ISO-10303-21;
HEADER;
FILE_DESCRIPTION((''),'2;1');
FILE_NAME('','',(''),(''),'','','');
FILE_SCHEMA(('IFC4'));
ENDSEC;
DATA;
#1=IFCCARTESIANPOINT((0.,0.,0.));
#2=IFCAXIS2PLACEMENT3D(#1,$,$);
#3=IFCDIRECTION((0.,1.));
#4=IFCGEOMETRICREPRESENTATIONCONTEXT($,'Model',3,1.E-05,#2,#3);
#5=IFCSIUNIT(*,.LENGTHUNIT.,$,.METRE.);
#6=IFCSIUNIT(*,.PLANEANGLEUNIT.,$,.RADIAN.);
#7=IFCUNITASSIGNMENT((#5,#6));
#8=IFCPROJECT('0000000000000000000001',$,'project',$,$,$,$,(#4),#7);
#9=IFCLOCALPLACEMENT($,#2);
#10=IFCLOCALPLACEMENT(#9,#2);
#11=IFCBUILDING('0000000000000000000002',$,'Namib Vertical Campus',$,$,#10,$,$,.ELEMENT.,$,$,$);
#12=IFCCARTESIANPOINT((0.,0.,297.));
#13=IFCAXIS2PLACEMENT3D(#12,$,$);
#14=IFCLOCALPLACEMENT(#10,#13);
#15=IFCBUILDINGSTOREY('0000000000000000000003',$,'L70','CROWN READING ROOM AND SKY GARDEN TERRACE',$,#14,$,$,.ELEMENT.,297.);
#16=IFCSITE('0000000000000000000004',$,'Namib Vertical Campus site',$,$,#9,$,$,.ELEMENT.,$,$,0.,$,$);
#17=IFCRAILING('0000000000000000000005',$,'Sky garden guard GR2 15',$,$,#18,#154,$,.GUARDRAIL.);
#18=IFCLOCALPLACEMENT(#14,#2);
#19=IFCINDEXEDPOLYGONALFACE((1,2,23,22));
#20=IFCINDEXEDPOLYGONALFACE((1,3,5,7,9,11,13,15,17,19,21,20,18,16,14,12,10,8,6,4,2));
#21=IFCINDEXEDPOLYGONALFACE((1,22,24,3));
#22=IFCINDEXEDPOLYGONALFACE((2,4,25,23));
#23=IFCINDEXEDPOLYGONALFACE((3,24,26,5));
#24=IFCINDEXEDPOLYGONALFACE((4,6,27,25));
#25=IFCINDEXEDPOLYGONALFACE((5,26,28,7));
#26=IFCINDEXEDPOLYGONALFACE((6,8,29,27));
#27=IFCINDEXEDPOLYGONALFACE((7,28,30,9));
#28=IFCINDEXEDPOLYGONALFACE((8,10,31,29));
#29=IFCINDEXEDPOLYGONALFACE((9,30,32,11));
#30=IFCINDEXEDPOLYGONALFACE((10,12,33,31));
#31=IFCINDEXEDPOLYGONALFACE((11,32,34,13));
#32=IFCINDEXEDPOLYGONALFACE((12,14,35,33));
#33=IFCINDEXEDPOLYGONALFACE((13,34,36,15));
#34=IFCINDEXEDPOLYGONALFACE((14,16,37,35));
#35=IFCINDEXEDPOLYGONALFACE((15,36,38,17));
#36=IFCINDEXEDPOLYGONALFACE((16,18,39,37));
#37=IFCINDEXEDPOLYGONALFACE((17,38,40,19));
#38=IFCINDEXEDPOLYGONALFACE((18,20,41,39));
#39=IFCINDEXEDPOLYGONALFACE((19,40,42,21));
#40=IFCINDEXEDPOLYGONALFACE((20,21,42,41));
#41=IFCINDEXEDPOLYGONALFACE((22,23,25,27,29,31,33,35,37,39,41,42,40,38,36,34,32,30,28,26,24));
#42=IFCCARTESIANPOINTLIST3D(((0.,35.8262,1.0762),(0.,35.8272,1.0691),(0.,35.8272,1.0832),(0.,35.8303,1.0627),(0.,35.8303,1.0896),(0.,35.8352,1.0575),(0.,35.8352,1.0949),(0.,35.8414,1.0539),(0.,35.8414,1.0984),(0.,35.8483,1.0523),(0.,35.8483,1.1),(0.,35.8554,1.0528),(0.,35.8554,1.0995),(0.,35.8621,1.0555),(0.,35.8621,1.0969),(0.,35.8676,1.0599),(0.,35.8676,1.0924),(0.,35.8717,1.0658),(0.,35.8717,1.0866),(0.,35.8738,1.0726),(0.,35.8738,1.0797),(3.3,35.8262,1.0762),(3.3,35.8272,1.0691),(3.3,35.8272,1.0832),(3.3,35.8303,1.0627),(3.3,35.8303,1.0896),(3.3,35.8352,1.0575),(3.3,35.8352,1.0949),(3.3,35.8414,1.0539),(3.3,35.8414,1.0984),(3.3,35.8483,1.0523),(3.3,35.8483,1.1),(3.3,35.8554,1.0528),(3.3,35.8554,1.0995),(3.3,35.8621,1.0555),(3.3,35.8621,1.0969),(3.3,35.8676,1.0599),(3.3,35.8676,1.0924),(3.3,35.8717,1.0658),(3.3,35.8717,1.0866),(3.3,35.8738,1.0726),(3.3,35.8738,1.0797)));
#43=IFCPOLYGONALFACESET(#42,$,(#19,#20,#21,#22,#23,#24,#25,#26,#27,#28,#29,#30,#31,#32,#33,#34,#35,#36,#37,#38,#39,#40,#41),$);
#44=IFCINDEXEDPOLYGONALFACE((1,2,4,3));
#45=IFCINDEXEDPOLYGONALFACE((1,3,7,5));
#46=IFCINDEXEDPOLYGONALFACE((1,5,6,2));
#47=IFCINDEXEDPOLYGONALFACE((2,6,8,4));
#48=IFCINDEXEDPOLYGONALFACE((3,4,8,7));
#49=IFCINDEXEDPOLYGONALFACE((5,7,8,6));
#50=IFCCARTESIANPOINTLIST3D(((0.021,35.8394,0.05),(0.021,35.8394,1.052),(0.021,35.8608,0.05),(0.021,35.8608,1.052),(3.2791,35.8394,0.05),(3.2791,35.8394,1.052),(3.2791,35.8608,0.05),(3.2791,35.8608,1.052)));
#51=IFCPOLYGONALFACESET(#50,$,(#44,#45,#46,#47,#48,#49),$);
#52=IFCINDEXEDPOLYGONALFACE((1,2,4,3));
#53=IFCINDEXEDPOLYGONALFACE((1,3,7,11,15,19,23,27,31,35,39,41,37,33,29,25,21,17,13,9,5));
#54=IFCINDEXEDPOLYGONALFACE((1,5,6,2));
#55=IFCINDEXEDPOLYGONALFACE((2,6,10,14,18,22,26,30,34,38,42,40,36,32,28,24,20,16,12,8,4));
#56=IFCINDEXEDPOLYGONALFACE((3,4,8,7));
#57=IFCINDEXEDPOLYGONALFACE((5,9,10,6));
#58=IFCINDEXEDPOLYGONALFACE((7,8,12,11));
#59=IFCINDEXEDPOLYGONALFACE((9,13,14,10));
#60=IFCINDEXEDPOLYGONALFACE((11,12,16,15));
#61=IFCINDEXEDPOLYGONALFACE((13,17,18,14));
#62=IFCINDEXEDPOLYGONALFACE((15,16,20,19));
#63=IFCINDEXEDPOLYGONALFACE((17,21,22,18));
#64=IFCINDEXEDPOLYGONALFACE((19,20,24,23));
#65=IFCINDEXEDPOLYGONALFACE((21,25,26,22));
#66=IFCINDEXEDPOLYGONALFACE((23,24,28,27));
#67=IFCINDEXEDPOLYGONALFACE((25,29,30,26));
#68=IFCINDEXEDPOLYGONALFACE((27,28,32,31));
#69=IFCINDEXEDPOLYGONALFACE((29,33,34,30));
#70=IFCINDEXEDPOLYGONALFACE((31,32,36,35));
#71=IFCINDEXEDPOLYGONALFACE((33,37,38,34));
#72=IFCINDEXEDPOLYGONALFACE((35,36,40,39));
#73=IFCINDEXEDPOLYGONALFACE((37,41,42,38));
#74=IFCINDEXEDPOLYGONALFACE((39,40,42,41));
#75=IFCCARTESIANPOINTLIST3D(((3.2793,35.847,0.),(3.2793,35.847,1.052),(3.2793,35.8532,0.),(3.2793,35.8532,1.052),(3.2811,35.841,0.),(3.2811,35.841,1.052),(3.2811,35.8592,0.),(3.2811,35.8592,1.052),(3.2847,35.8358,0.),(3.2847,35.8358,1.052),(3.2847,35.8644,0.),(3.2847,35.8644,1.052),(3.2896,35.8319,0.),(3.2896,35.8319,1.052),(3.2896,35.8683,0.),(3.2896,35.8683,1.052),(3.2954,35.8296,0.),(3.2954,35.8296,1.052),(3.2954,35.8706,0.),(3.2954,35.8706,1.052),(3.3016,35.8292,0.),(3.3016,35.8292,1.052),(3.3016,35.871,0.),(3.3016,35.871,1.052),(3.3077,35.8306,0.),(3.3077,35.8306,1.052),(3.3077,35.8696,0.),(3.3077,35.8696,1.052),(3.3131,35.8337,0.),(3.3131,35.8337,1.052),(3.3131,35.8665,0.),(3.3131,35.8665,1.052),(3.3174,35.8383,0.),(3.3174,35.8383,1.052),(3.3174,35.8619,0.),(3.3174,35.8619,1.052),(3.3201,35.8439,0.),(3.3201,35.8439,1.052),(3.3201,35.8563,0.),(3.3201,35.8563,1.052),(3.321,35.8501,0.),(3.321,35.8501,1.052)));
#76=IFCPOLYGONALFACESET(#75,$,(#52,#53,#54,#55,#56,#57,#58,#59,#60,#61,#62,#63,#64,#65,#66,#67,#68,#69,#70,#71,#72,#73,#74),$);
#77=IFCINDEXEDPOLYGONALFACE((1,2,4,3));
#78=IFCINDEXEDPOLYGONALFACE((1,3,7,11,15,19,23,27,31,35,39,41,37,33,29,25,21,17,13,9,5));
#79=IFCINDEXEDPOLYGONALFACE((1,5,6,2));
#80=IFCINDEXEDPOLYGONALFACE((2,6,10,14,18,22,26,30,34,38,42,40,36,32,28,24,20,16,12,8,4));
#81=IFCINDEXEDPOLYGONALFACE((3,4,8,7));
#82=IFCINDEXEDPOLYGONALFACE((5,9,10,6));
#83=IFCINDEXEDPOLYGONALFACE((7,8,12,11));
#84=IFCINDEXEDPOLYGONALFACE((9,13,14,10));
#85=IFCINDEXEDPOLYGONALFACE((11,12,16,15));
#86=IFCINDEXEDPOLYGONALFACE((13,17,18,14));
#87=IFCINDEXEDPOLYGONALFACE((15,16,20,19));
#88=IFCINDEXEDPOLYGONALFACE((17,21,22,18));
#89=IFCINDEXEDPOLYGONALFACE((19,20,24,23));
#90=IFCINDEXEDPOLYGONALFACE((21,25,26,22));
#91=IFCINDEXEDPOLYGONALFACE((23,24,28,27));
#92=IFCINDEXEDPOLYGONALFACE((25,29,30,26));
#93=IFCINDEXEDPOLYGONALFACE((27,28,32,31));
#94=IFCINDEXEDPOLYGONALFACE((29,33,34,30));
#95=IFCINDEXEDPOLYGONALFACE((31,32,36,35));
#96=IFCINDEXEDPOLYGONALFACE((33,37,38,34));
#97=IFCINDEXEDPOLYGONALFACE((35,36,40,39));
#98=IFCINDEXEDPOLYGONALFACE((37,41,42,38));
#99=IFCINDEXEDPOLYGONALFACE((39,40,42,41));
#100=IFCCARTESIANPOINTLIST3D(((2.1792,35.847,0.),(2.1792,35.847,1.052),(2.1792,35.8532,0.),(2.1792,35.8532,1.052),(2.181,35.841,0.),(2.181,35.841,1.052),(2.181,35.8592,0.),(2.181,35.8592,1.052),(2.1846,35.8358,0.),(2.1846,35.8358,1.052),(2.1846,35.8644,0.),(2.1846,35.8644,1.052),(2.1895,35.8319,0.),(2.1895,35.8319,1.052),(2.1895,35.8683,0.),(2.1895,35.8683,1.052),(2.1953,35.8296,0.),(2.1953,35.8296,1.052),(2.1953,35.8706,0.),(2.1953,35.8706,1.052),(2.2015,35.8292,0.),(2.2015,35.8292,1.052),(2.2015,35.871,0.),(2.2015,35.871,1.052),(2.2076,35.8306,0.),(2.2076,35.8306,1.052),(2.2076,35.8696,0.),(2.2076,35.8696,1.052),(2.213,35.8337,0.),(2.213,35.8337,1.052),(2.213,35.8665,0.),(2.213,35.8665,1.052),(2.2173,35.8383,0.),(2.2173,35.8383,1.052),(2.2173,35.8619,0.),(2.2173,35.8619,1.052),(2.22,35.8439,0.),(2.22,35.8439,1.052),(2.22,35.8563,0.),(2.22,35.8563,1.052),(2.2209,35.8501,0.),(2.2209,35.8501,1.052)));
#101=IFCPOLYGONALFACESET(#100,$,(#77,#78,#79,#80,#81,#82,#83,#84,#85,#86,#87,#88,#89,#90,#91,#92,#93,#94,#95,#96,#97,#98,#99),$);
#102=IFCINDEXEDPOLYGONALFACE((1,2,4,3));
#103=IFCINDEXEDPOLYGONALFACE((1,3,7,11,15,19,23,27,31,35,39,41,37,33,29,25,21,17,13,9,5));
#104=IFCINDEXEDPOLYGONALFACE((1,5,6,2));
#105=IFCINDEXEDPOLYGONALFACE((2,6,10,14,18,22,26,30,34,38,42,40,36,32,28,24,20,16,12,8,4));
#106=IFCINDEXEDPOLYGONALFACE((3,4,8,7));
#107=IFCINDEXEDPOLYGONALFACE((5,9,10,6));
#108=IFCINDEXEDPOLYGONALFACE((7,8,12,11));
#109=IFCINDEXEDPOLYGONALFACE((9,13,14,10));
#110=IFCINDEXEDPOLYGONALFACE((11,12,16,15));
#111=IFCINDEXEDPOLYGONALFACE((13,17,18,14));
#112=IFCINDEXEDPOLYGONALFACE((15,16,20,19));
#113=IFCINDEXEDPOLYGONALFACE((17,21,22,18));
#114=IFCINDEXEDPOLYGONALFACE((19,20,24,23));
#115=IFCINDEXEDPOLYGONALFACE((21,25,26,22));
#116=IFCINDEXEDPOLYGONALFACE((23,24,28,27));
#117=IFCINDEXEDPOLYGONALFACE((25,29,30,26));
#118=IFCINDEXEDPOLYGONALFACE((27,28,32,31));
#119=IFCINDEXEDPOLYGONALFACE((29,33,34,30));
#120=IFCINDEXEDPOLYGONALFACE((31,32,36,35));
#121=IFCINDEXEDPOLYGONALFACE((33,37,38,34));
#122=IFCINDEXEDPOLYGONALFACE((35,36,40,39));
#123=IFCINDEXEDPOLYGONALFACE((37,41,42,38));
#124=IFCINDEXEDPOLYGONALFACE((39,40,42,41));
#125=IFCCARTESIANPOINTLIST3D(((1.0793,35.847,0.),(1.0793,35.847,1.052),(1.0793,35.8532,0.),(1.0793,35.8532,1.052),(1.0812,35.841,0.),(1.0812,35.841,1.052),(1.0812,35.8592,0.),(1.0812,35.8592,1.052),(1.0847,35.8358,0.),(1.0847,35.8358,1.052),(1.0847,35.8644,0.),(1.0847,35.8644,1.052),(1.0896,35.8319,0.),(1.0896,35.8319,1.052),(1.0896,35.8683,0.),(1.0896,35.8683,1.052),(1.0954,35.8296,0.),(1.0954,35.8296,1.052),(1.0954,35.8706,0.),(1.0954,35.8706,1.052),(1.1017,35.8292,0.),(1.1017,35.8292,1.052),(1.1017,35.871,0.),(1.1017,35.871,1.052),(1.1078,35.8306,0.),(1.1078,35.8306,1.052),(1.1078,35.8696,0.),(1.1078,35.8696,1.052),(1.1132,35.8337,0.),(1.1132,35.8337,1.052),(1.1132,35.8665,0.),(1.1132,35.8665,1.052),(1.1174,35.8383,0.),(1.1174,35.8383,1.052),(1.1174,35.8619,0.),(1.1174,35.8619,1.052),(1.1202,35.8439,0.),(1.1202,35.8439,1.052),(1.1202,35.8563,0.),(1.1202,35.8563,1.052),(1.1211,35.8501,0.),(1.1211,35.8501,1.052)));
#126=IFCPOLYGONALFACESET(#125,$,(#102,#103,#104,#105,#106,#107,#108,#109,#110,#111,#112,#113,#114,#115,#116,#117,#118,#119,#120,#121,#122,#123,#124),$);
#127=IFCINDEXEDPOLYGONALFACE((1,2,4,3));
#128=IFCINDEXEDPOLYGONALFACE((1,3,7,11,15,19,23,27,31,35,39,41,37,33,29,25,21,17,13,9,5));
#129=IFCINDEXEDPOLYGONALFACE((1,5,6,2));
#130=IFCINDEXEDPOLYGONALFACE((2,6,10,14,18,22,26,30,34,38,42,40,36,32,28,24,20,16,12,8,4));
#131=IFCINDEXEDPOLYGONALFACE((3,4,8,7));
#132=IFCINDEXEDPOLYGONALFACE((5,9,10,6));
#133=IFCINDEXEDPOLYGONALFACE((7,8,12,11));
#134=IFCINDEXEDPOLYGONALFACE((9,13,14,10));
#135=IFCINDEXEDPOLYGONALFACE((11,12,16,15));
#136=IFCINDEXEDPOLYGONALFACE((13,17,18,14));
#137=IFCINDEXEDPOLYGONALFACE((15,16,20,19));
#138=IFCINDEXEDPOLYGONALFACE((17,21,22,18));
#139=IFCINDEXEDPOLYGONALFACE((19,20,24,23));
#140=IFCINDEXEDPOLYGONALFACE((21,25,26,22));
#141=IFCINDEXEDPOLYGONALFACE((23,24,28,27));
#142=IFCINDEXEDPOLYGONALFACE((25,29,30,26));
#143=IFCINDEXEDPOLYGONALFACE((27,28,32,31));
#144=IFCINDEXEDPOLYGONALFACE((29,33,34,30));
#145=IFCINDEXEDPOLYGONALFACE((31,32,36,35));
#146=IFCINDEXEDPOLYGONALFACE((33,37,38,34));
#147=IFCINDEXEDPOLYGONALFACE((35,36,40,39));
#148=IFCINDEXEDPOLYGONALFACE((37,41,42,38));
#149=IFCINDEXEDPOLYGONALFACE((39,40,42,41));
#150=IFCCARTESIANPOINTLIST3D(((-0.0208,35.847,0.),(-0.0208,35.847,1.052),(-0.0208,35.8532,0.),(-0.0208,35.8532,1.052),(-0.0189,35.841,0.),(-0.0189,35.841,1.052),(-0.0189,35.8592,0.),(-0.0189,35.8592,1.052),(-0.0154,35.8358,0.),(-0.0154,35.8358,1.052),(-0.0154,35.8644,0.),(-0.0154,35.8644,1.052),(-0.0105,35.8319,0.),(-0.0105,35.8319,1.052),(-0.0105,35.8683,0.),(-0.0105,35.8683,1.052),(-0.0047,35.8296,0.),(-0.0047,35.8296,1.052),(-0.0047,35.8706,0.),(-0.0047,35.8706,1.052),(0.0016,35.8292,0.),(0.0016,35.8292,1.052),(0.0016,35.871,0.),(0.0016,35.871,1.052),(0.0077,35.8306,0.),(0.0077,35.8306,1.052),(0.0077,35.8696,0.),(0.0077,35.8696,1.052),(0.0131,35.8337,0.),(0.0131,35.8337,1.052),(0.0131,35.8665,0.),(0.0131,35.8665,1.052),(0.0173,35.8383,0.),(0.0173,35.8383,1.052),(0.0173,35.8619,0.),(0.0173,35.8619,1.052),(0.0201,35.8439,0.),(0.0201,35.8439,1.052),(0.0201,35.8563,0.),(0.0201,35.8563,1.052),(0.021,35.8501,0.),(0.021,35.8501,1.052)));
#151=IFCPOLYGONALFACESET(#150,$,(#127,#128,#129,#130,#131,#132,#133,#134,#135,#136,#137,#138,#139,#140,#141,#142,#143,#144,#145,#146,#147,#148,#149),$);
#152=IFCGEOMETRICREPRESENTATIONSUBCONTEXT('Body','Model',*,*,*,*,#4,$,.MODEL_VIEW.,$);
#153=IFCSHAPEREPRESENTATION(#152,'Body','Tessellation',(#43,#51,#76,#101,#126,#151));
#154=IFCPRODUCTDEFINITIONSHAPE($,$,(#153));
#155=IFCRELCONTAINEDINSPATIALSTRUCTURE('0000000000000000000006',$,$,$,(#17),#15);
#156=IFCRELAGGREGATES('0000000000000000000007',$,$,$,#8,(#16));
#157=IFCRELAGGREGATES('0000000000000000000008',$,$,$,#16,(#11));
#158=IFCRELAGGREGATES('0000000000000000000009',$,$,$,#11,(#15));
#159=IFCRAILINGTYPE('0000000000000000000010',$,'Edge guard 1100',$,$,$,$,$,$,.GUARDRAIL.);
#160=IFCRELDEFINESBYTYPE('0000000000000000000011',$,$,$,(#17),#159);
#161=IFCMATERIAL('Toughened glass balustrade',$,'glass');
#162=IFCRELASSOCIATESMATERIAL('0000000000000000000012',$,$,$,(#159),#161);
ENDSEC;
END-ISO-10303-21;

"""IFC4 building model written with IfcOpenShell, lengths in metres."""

from ifc_helpers import new_model, si_unit, direction, frame, origin, origin_2d, place, context, subcontext, project, spatial, polyline, circle, outline, extrude, material, type_object, element, save


model = new_model("IFC4")

# Units and contexts
model_context = context("Model", 3, precision=1e-05, world=origin(), true_north=direction((0.0, 1.0)))
body_context = subcontext(model_context, "Body", "Model", "MODEL_VIEW")
ifc_project = project(units=[si_unit("LENGTHUNIT", "METRE"), si_unit("PLANEANGLEUNIT", "RADIAN")], contexts=[model_context])

# Site, building, storey
site_placement = place(None, origin())
site = spatial("IfcSite", under=ifc_project, at=site_placement, Name="Namib Vertical Campus site", CompositionType="ELEMENT", RefElevation=0.0)
building_placement = place(site_placement, origin())
building = spatial("IfcBuilding", under=site, at=building_placement, Name="Namib Vertical Campus", CompositionType="ELEMENT")
storey_placement = place(building_placement, frame((0.0, 0.0, 297.0)))
storey = spatial("IfcBuildingStorey", under=building, at=storey_placement, Name="L70", Description="CROWN READING ROOM AND SKY GARDEN TERRACE", CompositionType="ELEMENT", Elevation=297.0)

# Railing
ifc_material_1 = material(Name="Toughened glass balustrade", Category="glass")
railing_type = type_object("IfcRailingType", Name="Edge guard 1100", PredefinedType="GUARDRAIL", material=ifc_material_1)
railing_1_placement = place(storey_placement, frame((3.3, 35.8501, 0.0)))
element("IfcRailing", 1, at=railing_1_placement, inside=storey, type_object=railing_type, Name="Sky garden guard GR2 15", PredefinedType="GUARDRAIL", context=body_context, shape_type="SweptSolid", body=[
    extrude(circle(Radius=0.0239, at=origin_2d()), frame((0.0, 0.0, 1.0762), z_axis=(-1.0, 0.0, 0.0), x_axis=(0.0, -1.0, 0.0)), (0.0, 0.0, 1.0), 3.3),
    extrude(outline(polyline([(0.021, 0.05), (3.2791, 0.05), (3.2791, 1.052), (0.021, 1.052), (0.021, 0.05)])), frame((0.0, -0.0107, 0.0), z_axis=(0.0, 1.0, 0.0), x_axis=(-1.0, 0.0, 0.0)), (0.0, 0.0, 1.0), 0.0215),
    extrude(circle(Radius=0.021, at=origin_2d()), origin(), (0.0, 0.0, 1.0), 1.052),
    extrude(circle(Radius=0.021, at=origin_2d()), frame((-1.1001, 0.0, 0.0)), (0.0, 0.0, 1.0), 1.052),
    extrude(circle(Radius=0.021, at=origin_2d()), frame((-2.2, 0.0, 0.0)), (0.0, 0.0, 1.0), 1.052),
    extrude(circle(Radius=0.021, at=origin_2d()), frame((-3.3, 0.0, 0.0)), (0.0, 0.0, 1.0), 1.052),
])

save(model, "model.ifc")
